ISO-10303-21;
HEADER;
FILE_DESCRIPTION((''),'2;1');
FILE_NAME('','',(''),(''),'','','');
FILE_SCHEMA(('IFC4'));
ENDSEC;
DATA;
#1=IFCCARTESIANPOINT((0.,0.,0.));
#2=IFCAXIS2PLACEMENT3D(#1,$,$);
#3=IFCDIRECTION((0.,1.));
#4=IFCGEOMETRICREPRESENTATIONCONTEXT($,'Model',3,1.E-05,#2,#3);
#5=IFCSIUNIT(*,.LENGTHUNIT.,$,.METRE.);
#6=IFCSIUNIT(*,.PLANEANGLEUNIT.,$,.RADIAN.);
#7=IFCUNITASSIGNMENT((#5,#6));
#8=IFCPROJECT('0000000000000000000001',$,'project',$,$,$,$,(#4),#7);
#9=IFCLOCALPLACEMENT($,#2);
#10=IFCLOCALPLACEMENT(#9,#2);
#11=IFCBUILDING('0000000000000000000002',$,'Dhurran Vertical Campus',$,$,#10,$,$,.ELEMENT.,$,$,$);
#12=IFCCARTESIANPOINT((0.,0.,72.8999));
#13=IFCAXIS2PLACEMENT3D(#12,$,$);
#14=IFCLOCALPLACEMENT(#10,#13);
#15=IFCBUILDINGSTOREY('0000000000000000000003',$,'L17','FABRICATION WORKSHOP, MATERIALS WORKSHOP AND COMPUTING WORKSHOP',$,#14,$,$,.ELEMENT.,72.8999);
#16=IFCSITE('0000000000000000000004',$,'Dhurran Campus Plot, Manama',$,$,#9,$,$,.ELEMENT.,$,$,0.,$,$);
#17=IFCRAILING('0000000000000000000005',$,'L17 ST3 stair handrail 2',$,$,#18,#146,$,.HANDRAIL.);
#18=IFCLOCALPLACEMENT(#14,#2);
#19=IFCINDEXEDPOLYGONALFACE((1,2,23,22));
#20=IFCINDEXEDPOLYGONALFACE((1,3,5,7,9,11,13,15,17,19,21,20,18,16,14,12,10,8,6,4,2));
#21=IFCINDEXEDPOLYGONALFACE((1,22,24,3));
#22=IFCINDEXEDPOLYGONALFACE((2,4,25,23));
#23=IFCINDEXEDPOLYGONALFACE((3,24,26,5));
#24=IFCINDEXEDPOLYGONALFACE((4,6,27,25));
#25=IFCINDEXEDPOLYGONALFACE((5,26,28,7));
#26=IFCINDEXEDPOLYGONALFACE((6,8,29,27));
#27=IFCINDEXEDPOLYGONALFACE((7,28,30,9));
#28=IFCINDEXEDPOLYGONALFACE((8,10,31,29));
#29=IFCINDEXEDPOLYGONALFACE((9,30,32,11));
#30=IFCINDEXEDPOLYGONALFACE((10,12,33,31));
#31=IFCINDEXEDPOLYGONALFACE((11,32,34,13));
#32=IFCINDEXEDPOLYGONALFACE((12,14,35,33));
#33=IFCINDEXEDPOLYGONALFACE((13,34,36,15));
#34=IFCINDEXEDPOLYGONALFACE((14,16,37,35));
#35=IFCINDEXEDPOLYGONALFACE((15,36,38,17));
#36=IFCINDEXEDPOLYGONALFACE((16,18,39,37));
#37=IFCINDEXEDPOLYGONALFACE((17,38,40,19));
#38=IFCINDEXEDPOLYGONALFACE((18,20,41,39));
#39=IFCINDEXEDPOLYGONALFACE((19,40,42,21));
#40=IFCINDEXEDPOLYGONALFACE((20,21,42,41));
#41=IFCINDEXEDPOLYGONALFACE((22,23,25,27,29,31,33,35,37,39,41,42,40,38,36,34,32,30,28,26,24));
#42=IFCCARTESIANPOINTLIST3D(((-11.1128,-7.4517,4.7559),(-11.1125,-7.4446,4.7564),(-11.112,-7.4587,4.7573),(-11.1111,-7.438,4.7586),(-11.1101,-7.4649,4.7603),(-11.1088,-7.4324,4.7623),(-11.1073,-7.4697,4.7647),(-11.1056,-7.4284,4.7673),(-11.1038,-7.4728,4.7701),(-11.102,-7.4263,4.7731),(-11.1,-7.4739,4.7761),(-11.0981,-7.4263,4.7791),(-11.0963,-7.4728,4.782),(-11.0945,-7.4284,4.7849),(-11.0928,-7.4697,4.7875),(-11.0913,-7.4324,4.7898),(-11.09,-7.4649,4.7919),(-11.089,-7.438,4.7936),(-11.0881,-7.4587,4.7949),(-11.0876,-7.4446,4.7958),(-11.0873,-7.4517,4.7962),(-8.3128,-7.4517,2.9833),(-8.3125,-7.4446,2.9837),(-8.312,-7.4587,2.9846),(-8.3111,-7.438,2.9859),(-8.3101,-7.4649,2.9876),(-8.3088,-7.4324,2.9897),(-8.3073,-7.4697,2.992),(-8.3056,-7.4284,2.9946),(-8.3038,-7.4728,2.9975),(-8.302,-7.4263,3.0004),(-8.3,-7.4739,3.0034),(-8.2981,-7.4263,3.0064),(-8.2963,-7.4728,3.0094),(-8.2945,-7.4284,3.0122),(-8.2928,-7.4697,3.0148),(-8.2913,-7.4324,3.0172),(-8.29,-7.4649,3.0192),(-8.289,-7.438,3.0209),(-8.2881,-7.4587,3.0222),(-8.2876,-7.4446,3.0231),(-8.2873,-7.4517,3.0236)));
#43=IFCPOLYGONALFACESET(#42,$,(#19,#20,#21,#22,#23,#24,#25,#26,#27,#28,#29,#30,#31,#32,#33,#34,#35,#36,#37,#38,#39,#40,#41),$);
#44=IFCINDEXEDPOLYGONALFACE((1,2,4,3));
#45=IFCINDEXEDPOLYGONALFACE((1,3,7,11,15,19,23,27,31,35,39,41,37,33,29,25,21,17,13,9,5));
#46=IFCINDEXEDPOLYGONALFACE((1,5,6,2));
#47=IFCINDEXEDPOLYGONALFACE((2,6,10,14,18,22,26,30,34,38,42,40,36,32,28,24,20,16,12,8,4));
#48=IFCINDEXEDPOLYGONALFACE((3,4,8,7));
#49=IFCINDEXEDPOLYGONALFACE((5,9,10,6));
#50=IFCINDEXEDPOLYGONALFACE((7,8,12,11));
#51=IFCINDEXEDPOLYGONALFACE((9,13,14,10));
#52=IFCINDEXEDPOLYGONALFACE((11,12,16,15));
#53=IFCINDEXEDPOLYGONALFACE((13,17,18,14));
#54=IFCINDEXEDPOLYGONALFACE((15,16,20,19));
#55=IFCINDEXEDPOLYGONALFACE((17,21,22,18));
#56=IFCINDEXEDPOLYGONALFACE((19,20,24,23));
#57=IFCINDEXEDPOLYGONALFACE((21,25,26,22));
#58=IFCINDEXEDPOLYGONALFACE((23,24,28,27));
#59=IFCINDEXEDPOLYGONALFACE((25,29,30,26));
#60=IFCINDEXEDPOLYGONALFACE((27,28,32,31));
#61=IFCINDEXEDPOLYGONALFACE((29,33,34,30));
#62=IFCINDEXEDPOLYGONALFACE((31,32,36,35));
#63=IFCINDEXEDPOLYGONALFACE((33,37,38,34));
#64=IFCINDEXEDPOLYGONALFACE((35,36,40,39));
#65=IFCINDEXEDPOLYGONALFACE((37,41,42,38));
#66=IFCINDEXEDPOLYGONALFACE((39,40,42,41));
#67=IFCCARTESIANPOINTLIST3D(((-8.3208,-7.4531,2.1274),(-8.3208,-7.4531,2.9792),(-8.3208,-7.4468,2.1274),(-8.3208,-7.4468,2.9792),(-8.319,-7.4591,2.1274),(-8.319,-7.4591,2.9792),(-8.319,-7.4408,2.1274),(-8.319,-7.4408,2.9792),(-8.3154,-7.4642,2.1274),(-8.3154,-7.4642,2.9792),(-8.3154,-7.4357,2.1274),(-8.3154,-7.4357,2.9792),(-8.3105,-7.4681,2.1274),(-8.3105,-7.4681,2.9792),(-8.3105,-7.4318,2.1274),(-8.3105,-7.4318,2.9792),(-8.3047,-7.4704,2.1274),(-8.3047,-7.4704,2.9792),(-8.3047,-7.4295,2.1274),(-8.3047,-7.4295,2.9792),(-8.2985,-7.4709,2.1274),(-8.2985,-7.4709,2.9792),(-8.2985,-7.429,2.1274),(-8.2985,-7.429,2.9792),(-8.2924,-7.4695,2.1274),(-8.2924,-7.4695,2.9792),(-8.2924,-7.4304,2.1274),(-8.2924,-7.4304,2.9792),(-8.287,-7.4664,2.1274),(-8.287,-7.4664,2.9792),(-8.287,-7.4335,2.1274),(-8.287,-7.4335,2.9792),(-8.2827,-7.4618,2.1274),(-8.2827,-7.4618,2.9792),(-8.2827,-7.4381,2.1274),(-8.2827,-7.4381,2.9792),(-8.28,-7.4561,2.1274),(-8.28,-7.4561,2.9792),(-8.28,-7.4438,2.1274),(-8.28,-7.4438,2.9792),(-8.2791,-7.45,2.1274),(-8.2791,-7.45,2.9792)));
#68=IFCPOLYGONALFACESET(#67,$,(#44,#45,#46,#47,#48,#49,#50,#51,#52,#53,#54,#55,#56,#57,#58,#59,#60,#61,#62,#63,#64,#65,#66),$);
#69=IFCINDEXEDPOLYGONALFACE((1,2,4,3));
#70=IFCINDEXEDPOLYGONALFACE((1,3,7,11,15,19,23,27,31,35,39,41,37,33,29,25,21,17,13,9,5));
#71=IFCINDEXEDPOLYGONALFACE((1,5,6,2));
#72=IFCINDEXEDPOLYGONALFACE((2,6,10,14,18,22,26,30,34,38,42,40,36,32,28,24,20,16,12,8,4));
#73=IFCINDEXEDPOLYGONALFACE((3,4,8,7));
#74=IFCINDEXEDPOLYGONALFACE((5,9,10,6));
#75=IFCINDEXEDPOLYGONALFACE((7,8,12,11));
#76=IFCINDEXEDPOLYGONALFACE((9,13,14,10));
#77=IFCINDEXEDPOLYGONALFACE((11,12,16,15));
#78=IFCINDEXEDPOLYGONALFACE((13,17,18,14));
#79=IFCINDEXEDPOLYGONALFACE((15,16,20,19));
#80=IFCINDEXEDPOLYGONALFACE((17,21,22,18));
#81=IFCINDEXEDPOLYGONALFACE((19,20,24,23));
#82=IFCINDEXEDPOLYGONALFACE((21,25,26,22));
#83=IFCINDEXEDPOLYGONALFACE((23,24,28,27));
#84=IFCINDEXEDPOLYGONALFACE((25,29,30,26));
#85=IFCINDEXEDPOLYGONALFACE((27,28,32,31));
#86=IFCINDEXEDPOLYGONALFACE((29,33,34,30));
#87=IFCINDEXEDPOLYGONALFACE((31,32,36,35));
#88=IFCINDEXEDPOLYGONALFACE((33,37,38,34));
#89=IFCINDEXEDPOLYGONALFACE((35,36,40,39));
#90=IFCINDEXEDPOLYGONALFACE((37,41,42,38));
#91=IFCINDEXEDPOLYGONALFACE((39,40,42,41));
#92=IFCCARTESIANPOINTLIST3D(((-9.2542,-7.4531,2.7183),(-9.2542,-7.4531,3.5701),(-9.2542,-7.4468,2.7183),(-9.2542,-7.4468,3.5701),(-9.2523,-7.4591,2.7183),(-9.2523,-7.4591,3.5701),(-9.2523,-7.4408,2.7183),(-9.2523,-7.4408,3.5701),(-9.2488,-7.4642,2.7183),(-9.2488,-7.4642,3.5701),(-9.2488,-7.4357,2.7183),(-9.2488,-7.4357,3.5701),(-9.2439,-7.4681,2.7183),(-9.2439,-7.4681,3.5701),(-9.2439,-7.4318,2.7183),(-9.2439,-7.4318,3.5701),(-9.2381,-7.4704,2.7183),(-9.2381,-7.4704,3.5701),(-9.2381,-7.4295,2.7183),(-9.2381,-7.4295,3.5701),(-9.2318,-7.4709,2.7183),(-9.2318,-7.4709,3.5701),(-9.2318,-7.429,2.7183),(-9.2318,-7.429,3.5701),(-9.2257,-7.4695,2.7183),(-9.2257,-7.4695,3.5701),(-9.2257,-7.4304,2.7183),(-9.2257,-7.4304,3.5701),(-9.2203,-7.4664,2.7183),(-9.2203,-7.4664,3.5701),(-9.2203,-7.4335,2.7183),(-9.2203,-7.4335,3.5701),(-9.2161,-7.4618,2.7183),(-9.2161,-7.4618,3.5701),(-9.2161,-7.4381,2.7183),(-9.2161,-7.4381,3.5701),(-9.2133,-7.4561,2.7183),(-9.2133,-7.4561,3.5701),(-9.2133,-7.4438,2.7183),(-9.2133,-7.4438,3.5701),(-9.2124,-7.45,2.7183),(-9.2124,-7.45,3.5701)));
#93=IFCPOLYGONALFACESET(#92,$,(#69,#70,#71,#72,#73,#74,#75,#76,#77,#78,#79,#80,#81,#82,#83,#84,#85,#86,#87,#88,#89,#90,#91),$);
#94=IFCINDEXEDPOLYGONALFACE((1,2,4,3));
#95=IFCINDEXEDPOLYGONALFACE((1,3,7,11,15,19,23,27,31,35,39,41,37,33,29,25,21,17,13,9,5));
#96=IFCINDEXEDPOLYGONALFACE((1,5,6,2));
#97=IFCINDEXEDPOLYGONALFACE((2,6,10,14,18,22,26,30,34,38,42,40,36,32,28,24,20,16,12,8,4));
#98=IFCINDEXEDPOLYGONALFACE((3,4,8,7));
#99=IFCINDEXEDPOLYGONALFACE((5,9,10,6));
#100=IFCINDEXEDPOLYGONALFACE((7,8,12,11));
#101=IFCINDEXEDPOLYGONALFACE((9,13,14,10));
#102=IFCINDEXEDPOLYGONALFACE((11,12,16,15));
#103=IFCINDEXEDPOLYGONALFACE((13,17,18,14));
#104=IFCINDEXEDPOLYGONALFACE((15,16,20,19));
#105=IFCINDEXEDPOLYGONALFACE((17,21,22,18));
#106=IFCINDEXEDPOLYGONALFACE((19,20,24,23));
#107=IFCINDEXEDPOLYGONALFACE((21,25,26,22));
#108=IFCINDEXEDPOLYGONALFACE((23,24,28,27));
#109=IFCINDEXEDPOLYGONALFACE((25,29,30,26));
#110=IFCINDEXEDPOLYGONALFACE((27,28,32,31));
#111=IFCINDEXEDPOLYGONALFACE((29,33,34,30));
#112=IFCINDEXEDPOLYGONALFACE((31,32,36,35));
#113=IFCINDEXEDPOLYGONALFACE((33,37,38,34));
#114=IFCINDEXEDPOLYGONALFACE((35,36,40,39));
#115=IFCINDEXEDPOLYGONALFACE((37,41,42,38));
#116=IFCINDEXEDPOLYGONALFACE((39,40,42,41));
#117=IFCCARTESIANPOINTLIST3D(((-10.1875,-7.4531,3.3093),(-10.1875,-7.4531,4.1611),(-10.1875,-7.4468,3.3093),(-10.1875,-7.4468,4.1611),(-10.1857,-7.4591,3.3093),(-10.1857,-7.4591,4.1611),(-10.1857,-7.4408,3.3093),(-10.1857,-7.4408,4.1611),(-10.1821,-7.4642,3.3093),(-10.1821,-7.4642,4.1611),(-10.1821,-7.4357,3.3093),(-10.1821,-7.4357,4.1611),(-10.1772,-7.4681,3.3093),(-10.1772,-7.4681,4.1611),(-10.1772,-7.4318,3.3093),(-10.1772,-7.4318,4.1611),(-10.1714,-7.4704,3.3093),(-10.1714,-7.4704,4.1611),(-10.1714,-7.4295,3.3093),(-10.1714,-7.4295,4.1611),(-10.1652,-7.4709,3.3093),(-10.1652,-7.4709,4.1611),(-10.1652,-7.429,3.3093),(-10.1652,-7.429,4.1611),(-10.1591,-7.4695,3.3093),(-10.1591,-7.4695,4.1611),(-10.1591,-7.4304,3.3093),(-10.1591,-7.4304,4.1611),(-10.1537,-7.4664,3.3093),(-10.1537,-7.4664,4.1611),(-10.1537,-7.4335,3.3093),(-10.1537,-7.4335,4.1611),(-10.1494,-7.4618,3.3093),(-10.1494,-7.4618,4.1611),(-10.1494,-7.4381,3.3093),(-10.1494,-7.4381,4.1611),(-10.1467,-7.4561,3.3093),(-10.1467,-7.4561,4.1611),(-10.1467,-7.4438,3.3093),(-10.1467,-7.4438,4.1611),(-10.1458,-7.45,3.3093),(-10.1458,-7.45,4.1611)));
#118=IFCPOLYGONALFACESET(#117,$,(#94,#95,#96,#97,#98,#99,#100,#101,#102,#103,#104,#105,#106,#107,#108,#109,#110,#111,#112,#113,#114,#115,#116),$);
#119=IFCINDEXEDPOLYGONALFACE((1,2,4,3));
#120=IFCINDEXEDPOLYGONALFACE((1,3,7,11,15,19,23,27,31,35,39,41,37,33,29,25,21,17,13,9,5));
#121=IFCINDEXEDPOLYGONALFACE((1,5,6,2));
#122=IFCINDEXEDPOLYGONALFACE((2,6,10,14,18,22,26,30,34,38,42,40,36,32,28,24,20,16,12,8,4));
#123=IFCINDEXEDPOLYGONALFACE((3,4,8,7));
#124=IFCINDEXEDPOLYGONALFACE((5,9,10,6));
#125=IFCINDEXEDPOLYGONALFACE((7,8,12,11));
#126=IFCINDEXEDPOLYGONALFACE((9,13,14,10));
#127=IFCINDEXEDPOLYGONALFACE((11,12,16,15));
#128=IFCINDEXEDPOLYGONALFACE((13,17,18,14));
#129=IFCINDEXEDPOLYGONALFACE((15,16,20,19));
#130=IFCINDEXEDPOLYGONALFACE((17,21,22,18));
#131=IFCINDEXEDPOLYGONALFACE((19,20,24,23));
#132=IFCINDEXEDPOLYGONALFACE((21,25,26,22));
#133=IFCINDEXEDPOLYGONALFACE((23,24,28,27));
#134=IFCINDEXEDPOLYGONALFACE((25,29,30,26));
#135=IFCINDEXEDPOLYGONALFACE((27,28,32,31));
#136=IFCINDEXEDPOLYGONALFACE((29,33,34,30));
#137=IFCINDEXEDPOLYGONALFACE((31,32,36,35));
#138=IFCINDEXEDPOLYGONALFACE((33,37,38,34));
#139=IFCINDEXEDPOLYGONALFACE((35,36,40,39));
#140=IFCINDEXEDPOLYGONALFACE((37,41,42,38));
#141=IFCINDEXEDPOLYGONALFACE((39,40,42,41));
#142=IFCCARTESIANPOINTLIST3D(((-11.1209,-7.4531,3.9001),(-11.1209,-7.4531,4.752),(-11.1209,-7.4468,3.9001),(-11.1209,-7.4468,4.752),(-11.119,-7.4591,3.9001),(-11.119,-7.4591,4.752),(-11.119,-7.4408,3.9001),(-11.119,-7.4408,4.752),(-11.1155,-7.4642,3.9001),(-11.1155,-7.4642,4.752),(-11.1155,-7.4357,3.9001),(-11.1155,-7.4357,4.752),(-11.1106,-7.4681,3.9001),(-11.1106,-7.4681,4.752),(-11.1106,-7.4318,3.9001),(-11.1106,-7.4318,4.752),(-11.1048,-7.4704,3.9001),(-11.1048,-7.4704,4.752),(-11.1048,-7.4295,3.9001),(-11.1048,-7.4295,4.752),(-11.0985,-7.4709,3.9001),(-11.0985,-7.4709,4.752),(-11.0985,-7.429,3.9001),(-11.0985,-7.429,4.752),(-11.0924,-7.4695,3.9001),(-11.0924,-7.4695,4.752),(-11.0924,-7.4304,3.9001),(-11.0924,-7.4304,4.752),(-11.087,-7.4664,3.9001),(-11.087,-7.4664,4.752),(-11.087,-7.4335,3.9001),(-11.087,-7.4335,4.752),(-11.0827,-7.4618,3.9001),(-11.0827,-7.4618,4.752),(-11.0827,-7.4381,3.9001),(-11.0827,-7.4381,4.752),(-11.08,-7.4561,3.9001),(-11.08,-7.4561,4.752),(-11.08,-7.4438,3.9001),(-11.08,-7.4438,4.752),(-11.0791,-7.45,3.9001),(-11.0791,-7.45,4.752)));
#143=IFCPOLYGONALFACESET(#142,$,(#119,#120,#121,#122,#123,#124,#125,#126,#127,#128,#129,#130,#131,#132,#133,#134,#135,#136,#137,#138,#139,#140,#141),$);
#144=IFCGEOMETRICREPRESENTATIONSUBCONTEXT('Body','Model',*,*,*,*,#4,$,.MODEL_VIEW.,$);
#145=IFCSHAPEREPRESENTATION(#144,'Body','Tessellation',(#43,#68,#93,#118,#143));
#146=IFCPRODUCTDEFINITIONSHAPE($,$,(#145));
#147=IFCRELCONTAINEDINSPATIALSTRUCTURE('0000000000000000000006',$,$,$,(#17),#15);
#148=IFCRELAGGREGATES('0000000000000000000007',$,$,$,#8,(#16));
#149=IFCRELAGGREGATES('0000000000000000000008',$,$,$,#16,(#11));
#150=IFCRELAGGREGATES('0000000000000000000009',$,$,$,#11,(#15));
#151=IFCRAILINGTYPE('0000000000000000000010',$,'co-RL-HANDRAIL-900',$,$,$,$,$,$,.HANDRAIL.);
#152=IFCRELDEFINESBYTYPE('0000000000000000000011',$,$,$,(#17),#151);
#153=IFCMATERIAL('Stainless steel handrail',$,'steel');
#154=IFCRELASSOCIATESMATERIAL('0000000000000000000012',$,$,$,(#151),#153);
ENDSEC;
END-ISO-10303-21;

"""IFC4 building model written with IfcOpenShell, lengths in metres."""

from ifc_helpers import new_model, si_unit, direction, frame, origin, origin_2d, place, context, subcontext, project, spatial, circle, extrude, material, type_object, element, save


model = new_model("IFC4")

# Units and contexts
model_context = context("Model", 3, precision=1e-05, world=origin(), true_north=direction((0.0, 1.0)))
body_context = subcontext(model_context, "Body", "Model", "MODEL_VIEW")
ifc_project = project(units=[si_unit("LENGTHUNIT", "METRE"), si_unit("PLANEANGLEUNIT", "RADIAN")], contexts=[model_context])

# Site, building, storey
site_placement = place(None, origin())
site = spatial("IfcSite", under=ifc_project, at=site_placement, Name="Dhurran Campus Plot, Manama", CompositionType="ELEMENT", RefElevation=0.0)
building_placement = place(site_placement, origin())
building = spatial("IfcBuilding", under=site, at=building_placement, Name="Dhurran Vertical Campus", CompositionType="ELEMENT")
storey_placement = place(building_placement, frame((0.0, 0.0, 72.8999)))
storey = spatial("IfcBuildingStorey", under=building, at=storey_placement, Name="L17", Description="FABRICATION WORKSHOP, MATERIALS WORKSHOP AND COMPUTING WORKSHOP", CompositionType="ELEMENT", Elevation=72.8999)

# Railing
ifc_material_1 = material(Name="Stainless steel handrail", Category="steel")
railing_type_1 = type_object("IfcRailingType", Name="co-RL-HANDRAIL-900", PredefinedType="HANDRAIL", material=ifc_material_1)
railing_1_placement = place(storey_placement, frame((-8.3, -7.45, 2.1274)))
element("IfcRailing", 1, at=railing_1_placement, inside=storey, type_object=railing_type_1, Name="L17 ST3 stair handrail 2", PredefinedType="HANDRAIL", context=body_context, shape_type="SweptSolid", body=[
    extrude(circle(Radius=0.0239, at=origin_2d()), frame((0.0, 0.0, 0.876), z_axis=(-0.844909, 0.0, 0.53491), x_axis=(0.0, -1.0, 0.0)), (0.0, 0.0, 1.0), 3.314),
    extrude(circle(Radius=0.021, at=origin_2d()), origin(), (0.0, 0.0, 1.0), 0.8518),
    extrude(circle(Radius=0.021, at=origin_2d()), frame((-0.9333, 0.0, 0.5908)), (0.0, 0.0, 1.0), 0.8518),
    extrude(circle(Radius=0.021, at=origin_2d()), frame((-1.8667, 0.0, 1.1819)), (0.0, 0.0, 1.0), 0.8518),
    extrude(circle(Radius=0.021, at=origin_2d()), frame((-2.8, 0.0, 1.7727)), (0.0, 0.0, 1.0), 0.8518),
])

save(model, "model.ifc")
